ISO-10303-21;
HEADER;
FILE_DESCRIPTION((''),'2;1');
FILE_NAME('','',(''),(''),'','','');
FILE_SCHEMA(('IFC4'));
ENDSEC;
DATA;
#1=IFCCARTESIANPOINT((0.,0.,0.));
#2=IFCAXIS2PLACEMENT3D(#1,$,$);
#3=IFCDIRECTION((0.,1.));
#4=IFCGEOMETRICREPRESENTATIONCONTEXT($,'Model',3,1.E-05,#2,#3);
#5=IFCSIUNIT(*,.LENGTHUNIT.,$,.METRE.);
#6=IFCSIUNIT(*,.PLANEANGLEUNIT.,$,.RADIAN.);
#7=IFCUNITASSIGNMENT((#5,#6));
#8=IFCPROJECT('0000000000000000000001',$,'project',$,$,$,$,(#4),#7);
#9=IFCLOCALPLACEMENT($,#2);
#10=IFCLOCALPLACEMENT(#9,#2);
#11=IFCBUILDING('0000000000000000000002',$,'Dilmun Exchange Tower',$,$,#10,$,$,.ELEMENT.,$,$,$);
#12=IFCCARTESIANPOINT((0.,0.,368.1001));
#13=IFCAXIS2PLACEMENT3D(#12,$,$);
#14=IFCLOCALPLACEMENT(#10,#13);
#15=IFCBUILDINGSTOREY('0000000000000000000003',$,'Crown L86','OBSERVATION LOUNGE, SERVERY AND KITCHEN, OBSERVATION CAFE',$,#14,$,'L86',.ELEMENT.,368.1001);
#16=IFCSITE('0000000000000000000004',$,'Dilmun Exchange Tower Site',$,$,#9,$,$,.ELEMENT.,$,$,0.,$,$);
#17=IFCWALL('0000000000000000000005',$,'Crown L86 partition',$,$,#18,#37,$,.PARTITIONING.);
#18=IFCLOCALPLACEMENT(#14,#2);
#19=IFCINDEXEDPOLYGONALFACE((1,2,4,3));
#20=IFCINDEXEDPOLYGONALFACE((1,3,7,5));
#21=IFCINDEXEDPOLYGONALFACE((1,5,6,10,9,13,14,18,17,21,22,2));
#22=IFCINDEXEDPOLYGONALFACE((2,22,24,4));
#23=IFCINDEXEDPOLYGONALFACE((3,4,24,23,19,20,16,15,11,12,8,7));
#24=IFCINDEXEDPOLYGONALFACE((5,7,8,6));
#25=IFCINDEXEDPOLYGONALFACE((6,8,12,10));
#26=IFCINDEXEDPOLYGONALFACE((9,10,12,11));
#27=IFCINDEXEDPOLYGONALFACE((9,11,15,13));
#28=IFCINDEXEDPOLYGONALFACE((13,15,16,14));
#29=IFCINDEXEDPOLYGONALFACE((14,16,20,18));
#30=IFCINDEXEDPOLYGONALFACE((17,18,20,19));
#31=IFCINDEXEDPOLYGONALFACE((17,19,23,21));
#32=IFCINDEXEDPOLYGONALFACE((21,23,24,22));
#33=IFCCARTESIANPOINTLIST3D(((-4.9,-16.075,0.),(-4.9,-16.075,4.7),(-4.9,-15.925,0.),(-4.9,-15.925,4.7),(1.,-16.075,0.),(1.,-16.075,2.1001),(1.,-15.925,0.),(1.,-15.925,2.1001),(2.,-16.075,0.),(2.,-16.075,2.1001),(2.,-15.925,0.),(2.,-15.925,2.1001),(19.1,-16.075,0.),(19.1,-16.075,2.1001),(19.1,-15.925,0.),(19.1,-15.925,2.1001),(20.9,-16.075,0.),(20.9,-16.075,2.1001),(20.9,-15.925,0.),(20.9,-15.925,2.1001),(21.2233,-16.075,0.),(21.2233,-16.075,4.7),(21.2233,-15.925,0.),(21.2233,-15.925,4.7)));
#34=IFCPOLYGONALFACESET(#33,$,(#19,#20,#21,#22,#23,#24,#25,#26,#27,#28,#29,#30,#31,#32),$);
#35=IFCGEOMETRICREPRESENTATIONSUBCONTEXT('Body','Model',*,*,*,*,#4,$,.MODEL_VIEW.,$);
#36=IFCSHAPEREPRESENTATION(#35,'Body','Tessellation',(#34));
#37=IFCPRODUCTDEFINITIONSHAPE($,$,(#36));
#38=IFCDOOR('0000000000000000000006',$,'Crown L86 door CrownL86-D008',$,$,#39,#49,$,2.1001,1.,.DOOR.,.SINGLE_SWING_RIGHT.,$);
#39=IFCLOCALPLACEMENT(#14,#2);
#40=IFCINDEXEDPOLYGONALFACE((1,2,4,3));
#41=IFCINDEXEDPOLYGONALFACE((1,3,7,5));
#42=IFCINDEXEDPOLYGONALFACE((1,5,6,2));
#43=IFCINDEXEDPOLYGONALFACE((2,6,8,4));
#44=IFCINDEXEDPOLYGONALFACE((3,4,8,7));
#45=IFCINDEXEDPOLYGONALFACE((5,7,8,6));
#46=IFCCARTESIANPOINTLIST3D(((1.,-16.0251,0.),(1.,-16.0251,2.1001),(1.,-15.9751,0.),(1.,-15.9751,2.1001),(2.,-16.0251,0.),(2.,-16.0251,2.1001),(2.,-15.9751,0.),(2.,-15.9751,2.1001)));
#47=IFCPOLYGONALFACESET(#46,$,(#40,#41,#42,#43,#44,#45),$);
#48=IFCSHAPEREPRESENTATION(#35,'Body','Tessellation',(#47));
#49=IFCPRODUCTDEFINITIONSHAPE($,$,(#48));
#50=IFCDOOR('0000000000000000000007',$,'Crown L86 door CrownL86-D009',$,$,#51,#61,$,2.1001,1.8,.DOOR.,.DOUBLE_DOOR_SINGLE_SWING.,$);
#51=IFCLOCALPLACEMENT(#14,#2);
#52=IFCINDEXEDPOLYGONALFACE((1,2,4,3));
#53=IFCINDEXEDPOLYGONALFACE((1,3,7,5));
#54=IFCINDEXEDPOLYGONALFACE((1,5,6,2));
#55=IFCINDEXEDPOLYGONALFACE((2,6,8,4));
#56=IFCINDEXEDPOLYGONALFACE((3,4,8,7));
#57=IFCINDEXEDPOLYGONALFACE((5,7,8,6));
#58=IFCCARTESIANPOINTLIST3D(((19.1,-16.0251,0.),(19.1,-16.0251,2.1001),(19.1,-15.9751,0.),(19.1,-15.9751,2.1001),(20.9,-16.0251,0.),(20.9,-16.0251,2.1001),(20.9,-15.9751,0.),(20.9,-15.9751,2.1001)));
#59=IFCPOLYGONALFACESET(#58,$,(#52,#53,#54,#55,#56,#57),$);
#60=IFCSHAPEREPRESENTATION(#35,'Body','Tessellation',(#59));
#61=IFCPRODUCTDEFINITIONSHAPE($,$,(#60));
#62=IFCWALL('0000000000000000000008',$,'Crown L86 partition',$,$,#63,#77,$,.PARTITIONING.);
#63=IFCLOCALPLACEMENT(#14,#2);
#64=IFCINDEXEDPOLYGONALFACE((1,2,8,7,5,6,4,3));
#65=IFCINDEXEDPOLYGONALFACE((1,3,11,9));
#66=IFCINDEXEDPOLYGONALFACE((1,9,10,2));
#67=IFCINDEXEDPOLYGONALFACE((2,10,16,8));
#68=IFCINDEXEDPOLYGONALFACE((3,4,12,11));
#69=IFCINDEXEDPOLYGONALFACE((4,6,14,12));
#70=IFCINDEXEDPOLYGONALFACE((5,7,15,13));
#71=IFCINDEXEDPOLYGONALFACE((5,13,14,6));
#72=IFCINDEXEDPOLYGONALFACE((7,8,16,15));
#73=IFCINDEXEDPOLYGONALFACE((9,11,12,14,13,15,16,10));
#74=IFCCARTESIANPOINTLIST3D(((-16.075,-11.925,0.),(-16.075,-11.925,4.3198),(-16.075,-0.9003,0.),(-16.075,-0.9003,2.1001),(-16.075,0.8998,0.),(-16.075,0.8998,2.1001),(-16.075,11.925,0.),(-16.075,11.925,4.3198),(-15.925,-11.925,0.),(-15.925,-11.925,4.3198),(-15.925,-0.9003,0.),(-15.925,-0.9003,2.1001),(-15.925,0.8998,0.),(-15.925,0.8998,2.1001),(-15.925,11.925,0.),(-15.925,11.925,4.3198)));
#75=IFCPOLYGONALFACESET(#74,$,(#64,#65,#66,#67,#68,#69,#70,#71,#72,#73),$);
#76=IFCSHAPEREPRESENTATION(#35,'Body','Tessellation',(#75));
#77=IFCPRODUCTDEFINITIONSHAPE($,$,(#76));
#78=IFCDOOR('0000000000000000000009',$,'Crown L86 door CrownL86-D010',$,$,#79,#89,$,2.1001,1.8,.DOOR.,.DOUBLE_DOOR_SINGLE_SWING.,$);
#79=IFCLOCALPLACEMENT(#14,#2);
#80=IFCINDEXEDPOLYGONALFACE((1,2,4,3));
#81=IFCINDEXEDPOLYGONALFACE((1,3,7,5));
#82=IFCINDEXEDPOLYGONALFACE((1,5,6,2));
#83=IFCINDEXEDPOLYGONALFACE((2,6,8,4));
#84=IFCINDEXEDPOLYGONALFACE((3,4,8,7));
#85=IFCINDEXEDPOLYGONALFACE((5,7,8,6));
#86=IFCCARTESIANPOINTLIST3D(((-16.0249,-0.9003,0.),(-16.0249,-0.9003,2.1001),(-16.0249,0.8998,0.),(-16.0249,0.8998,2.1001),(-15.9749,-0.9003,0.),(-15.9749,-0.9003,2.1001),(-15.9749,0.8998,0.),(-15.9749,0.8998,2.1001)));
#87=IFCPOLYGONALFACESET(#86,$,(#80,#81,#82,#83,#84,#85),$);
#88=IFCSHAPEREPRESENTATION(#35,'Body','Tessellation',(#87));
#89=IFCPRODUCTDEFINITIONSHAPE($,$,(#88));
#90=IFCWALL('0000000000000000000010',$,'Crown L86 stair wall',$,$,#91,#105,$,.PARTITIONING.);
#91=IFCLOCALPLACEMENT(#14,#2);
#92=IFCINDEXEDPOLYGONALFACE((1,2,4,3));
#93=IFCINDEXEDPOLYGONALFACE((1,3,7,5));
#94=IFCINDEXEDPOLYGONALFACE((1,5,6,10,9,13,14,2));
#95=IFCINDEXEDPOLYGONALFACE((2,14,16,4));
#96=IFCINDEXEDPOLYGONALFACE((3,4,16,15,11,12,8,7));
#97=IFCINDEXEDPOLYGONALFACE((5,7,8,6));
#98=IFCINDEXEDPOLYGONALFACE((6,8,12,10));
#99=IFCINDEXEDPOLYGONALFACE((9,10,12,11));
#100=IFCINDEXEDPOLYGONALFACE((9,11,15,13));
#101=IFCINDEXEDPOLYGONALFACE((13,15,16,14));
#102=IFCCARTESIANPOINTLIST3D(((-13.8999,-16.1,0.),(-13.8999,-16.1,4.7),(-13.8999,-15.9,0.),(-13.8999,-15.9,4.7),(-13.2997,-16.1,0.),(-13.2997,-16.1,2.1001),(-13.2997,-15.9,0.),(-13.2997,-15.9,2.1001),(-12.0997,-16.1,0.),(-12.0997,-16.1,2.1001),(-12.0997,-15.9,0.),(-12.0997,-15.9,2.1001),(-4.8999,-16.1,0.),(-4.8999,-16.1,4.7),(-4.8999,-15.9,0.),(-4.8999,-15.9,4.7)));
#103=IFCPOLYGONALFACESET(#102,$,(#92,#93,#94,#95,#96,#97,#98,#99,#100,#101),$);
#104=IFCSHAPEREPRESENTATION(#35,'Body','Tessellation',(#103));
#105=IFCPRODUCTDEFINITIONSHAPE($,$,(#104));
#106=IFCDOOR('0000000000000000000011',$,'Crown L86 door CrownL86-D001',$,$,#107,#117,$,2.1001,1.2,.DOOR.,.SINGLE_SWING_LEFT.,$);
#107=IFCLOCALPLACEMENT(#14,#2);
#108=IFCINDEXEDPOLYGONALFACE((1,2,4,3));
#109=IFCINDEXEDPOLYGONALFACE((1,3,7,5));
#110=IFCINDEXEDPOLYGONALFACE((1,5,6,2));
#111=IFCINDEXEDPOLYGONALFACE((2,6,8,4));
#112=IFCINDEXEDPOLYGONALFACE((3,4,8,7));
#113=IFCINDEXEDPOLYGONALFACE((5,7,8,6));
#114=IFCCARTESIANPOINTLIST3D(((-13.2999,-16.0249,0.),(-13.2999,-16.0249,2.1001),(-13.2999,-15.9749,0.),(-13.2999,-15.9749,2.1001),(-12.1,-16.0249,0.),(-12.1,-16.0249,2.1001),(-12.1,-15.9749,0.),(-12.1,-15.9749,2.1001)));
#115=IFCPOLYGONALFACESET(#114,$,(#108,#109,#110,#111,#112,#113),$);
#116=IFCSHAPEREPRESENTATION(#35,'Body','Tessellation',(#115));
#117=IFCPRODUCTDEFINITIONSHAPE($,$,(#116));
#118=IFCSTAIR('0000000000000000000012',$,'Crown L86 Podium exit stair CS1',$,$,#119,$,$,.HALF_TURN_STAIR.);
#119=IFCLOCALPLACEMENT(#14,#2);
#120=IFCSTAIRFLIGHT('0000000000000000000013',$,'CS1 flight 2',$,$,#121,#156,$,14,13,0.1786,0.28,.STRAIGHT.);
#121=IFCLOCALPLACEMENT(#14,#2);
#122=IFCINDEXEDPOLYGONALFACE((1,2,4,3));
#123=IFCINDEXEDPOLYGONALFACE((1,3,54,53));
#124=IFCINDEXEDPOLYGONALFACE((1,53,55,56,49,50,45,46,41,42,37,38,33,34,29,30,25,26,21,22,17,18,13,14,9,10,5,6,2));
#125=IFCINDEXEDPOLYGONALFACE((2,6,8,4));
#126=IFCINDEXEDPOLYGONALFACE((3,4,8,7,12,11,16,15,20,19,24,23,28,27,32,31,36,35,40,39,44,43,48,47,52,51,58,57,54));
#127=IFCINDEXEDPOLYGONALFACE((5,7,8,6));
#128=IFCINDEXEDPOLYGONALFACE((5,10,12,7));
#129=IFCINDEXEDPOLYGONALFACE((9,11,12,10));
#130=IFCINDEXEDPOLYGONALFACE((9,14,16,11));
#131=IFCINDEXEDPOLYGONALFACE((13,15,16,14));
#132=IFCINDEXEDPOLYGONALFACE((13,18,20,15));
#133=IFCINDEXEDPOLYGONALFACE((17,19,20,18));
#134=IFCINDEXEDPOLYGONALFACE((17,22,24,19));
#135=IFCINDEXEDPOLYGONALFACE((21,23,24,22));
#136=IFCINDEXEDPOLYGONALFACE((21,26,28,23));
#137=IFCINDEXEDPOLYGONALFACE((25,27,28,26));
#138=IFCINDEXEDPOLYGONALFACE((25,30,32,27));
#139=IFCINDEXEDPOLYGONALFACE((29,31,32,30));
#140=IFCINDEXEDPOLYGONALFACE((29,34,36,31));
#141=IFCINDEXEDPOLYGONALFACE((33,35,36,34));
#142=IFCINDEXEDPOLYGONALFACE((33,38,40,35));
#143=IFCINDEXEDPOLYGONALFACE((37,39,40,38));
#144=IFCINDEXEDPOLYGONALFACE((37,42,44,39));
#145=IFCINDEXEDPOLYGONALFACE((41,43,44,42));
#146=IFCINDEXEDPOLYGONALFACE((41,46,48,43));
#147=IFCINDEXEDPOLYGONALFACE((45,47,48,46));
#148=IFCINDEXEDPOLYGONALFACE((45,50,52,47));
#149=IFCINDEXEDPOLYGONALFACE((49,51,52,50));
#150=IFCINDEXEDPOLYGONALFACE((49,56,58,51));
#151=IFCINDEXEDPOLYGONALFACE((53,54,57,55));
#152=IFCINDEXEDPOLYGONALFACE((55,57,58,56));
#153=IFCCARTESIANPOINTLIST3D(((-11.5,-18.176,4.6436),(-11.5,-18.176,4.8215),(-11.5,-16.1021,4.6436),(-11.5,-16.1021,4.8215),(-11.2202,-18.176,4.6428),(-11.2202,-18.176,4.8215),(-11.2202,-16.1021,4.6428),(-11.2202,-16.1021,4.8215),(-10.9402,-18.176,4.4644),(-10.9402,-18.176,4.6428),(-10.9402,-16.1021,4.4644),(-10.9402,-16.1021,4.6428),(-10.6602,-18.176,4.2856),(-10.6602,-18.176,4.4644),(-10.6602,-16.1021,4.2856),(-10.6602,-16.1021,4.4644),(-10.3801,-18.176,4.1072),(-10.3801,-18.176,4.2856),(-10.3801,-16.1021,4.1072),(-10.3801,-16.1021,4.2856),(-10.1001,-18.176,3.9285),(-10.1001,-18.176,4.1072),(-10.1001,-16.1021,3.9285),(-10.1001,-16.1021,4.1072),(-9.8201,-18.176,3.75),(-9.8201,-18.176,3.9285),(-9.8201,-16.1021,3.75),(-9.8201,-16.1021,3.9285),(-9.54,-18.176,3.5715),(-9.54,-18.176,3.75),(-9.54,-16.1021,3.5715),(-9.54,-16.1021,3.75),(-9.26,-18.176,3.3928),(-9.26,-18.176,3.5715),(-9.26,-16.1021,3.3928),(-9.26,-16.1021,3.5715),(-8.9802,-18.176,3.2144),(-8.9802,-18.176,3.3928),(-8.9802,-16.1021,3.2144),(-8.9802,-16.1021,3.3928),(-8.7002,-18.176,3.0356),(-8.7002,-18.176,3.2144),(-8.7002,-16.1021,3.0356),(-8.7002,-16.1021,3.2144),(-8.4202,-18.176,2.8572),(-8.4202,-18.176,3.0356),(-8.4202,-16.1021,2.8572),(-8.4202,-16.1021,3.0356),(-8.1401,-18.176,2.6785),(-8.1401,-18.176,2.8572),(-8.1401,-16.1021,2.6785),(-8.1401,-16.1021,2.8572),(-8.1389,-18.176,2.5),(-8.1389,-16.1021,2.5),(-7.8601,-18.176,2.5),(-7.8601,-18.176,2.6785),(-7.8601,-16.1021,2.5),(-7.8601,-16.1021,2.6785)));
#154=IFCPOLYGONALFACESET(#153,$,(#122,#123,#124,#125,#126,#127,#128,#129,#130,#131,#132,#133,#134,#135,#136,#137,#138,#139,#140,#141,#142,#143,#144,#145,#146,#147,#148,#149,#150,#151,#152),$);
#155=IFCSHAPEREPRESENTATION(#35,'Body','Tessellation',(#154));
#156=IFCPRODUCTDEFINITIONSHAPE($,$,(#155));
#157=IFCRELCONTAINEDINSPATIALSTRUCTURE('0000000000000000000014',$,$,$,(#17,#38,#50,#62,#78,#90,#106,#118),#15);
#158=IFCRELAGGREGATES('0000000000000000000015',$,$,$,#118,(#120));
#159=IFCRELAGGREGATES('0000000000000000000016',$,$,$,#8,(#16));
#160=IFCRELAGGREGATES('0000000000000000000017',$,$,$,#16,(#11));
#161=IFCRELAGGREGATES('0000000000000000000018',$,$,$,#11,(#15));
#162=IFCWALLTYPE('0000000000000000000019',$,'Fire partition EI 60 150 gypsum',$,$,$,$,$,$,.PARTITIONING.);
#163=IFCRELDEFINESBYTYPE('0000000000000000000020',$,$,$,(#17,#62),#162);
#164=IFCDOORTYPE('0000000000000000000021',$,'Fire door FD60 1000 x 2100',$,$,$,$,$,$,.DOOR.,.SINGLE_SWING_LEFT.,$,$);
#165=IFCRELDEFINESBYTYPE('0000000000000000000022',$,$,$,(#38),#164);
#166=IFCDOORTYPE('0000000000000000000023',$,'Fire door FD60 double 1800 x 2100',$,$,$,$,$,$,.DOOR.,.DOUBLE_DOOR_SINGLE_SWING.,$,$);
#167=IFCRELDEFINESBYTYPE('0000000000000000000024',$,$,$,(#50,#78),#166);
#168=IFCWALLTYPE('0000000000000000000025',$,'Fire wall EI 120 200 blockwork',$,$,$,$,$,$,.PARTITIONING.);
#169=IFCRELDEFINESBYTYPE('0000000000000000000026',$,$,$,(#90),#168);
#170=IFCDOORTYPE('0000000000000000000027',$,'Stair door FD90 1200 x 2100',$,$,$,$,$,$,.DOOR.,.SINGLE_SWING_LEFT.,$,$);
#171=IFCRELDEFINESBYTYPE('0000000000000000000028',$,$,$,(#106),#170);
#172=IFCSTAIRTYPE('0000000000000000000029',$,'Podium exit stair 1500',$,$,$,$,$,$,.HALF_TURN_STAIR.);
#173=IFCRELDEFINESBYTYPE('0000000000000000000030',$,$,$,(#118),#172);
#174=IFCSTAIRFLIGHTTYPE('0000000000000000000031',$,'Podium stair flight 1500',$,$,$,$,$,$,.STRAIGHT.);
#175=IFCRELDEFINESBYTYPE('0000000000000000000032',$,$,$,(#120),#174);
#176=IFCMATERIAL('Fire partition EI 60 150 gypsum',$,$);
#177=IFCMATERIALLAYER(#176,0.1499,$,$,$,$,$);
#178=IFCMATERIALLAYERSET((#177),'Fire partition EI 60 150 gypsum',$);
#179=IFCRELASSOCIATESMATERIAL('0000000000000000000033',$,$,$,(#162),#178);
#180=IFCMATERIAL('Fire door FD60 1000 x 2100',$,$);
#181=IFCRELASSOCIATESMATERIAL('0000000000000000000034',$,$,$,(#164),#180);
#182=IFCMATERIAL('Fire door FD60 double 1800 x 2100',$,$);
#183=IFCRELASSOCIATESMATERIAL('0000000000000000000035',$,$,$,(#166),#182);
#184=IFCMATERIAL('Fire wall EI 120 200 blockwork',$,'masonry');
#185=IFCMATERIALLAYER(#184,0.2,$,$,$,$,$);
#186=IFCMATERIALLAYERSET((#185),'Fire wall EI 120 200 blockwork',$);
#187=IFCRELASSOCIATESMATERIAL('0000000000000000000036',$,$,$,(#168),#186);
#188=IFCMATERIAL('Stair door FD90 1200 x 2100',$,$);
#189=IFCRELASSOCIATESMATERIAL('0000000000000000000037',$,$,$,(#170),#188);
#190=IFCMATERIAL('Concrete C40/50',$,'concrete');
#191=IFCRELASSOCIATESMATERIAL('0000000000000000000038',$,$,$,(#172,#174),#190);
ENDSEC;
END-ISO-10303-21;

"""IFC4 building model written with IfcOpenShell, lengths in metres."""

from ifc_helpers import new_model, si_unit, direction, frame, frame_2d, origin, place, context, subcontext, project, spatial, polyline, rectangle, outline, extrude, material, layer, layer_set, type_object, element, fill, aggregate, save


model = new_model("IFC4")

# Units and contexts
model_context = context("Model", 3, precision=1e-05, world=origin(), true_north=direction((0.0, 1.0)))
body_context = subcontext(model_context, "Body", "Model", "MODEL_VIEW")
ifc_project = project(units=[si_unit("LENGTHUNIT", "METRE"), si_unit("PLANEANGLEUNIT", "RADIAN")], contexts=[model_context])

# Site, building, storey
site_placement = place(None, origin())
site = spatial("IfcSite", under=ifc_project, at=site_placement, Name="Dilmun Exchange Tower Site", CompositionType="ELEMENT", RefElevation=0.0)
building_placement = place(site_placement, origin())
building = spatial("IfcBuilding", under=site, at=building_placement, Name="Dilmun Exchange Tower", CompositionType="ELEMENT")
storey_placement = place(building_placement, frame((0.0, 0.0, 368.1001)))
storey = spatial("IfcBuildingStorey", under=building, at=storey_placement, Name="Crown L86", Description="OBSERVATION LOUNGE, SERVERY AND KITCHEN, OBSERVATION CAFE", LongName="L86", CompositionType="ELEMENT", Elevation=368.1001)

# Wall, openings, doors
ifc_material_1 = material(Name="Fire partition EI 60 150 gypsum")
ifc_layer_1 = layer(ifc_material_1, 0.1499)
ifc_layer_set_1 = layer_set([ifc_layer_1], Name="Fire partition EI 60 150 gypsum")
wall_type_1 = type_object("IfcWallType", Name="Fire partition EI 60 150 gypsum", PredefinedType="PARTITIONING", material=ifc_layer_set_1)
wall_1_placement = place(storey_placement, frame((-4.8999, -16.0, 0.0), z_axis=(0.0, 0.0, 1.0), x_axis=(1.0, 0.0, 0.0)))
wall_1 = element("IfcWall", 1, at=wall_1_placement, inside=storey, type_object=wall_type_1, Name="Crown L86 partition", PredefinedType="PARTITIONING", context=body_context, shape_type="SweptSolid", body=[
    extrude(rectangle(XDim=26.1233, YDim=0.1499, at=frame_2d((13.0615, 0.0))), origin(), (0.0, 0.0, 1.0), 4.7),
])
opening_1_placement = place(wall_1_placement, frame((5.8999, 0.0, 0.0)))
opening_1 = element("IfcOpeningElement", 2, at=opening_1_placement, cuts=wall_1, PredefinedType="OPENING", context=body_context, shape_type="SweptSolid", body=[
    extrude(rectangle(XDim=1.0, YDim=2.1001, at=frame_2d((0.5, 1.05))), frame((0.0, 0.085, 0.0), z_axis=(0.0, -1.0, 0.0), x_axis=(1.0, 0.0, 0.0)), (0.0, 0.0, 1.0), 0.1699),
])
opening_2_placement = place(wall_1_placement, frame((24.0, 0.0, 0.0)))
opening_2 = element("IfcOpeningElement", 3, at=opening_2_placement, cuts=wall_1, PredefinedType="OPENING", context=body_context, shape_type="SweptSolid", body=[
    extrude(rectangle(XDim=1.8, YDim=2.1001, at=frame_2d((0.8999, 1.05))), frame((0.0, 0.085, 0.0), z_axis=(0.0, -1.0, 0.0), x_axis=(1.0, 0.0, 0.0)), (0.0, 0.0, 1.0), 0.1699),
])
ifc_material_2 = material(Name="Fire door FD60 1000 x 2100")
door_type_1 = type_object("IfcDoorType", Name="Fire door FD60 1000 x 2100", OperationType="SINGLE_SWING_LEFT", PredefinedType="DOOR", material=ifc_material_2)
door_1_placement = place(opening_1_placement, origin())
door_1 = element("IfcDoor", 4, at=door_1_placement, inside=storey, type_object=door_type_1, Name="Crown L86 door CrownL86-D008", OperationType="SINGLE_SWING_RIGHT", OverallHeight=2.1001, OverallWidth=1.0, PredefinedType="DOOR", context=body_context, shape_type="SweptSolid", body=[
    extrude(rectangle(XDim=1.0, YDim=2.1001, at=frame_2d((0.5, 1.05))), frame((0.0, 0.0249, 0.0), z_axis=(0.0, -1.0, 0.0), x_axis=(1.0, 0.0, 0.0)), (0.0, 0.0, 1.0), 0.05),
])
fill(opening_1, door_1)
ifc_material_3 = material(Name="Fire door FD60 double 1800 x 2100")
door_type_2 = type_object("IfcDoorType", Name="Fire door FD60 double 1800 x 2100", OperationType="DOUBLE_DOOR_SINGLE_SWING", PredefinedType="DOOR", material=ifc_material_3)
door_2_placement = place(opening_2_placement, origin())
door_2 = element("IfcDoor", 5, at=door_2_placement, inside=storey, type_object=door_type_2, Name="Crown L86 door CrownL86-D009", OperationType="DOUBLE_DOOR_SINGLE_SWING", OverallHeight=2.1001, OverallWidth=1.8, PredefinedType="DOOR", context=body_context, shape_type="SweptSolid", body=[
    extrude(rectangle(XDim=1.8, YDim=2.1001, at=frame_2d((0.8999, 1.05))), frame((0.0, 0.0249, 0.0), z_axis=(0.0, -1.0, 0.0), x_axis=(1.0, 0.0, 0.0)), (0.0, 0.0, 1.0), 0.05),
])
fill(opening_2, door_2)

# Walls, openings, doors
wall_2_placement = place(storey_placement, frame((-16.0, -11.925, 0.0), z_axis=(0.0, 0.0, 1.0), x_axis=(0.0, 1.0, 0.0)))
wall_2 = element("IfcWall", 6, at=wall_2_placement, inside=storey, type_object=wall_type_1, Name="Crown L86 partition", PredefinedType="PARTITIONING", context=body_context, shape_type="SweptSolid", body=[
    extrude(rectangle(XDim=23.8501, YDim=0.1499, at=frame_2d((11.925, 0.0))), origin(), (0.0, 0.0, 1.0), 4.3198),
])
opening_3_placement = place(wall_2_placement, frame((11.0249, 0.0, 0.0)))
opening_3 = element("IfcOpeningElement", 7, at=opening_3_placement, cuts=wall_2, PredefinedType="OPENING", context=body_context, shape_type="SweptSolid", body=[
    extrude(rectangle(XDim=1.8, YDim=2.1001, at=frame_2d((0.8999, 1.05))), frame((0.0, 0.085, 0.0), z_axis=(0.0, -1.0, 0.0), x_axis=(1.0, 0.0, 0.0)), (0.0, 0.0, 1.0), 0.1699),
])
door_3_placement = place(opening_3_placement, origin())
door_3 = element("IfcDoor", 8, at=door_3_placement, inside=storey, type_object=door_type_2, Name="Crown L86 door CrownL86-D010", OperationType="DOUBLE_DOOR_SINGLE_SWING", OverallHeight=2.1001, OverallWidth=1.8, PredefinedType="DOOR", context=body_context, shape_type="SweptSolid", body=[
    extrude(rectangle(XDim=1.8, YDim=2.1001, at=frame_2d((0.8999, 1.05))), frame((0.0, 0.0249, 0.0), z_axis=(0.0, -1.0, 0.0), x_axis=(1.0, 0.0, 0.0)), (0.0, 0.0, 1.0), 0.05),
])
fill(opening_3, door_3)
ifc_material_4 = material(Name="Fire wall EI 120 200 blockwork", Category="masonry")
ifc_layer_2 = layer(ifc_material_4, 0.2)
ifc_layer_set_2 = layer_set([ifc_layer_2], Name="Fire wall EI 120 200 blockwork")
wall_type_2 = type_object("IfcWallType", Name="Fire wall EI 120 200 blockwork", PredefinedType="PARTITIONING", material=ifc_layer_set_2)
wall_3_placement = place(storey_placement, frame((-13.8999, -16.0, 0.0), z_axis=(0.0, 0.0, 1.0), x_axis=(1.0, 0.0, 0.0)))
wall_3 = element("IfcWall", 9, at=wall_3_placement, inside=storey, type_object=wall_type_2, Name="Crown L86 stair wall", PredefinedType="PARTITIONING", context=body_context, shape_type="SweptSolid", body=[
    extrude(rectangle(XDim=9.0, YDim=0.2, at=frame_2d((4.5, 0.0))), origin(), (0.0, 0.0, 1.0), 4.7),
])
opening_4_placement = place(wall_3_placement, frame((0.6001, 0.0, 0.0)))
opening_4 = element("IfcOpeningElement", 10, at=opening_4_placement, cuts=wall_3, PredefinedType="OPENING", context=body_context, shape_type="SweptSolid", body=[
    extrude(rectangle(XDim=1.2, YDim=2.1001, at=frame_2d((0.6001, 1.05))), frame((0.0, 0.1099, 0.0), z_axis=(0.0, -1.0, 0.0), x_axis=(1.0, 0.0, 0.0)), (0.0, 0.0, 1.0), 0.22),
])
ifc_material_5 = material(Name="Stair door FD90 1200 x 2100")
door_type_3 = type_object("IfcDoorType", Name="Stair door FD90 1200 x 2100", OperationType="SINGLE_SWING_LEFT", PredefinedType="DOOR", material=ifc_material_5)
door_4_placement = place(opening_4_placement, frame((1.2, 0.0, 0.0), z_axis=(0.0, 0.0, 1.0), x_axis=(-1.0, 0.0, 0.0)))
door_4 = element("IfcDoor", 11, at=door_4_placement, inside=storey, type_object=door_type_3, Name="Crown L86 door CrownL86-D001", OperationType="SINGLE_SWING_LEFT", OverallHeight=2.1001, OverallWidth=1.2, PredefinedType="DOOR", context=body_context, shape_type="SweptSolid", body=[
    extrude(rectangle(XDim=1.2, YDim=2.1001, at=frame_2d((0.6001, 1.05))), frame((0.0, 0.0249, 0.0), z_axis=(0.0, -1.0, 0.0), x_axis=(1.0, 0.0, 0.0)), (0.0, 0.0, 1.0), 0.05),
])
fill(opening_4, door_4)

# Stair, stair flight
ifc_material_6 = material(Name="Concrete C40/50", Category="concrete")
stair_type = type_object("IfcStairType", Name="Podium exit stair 1500", PredefinedType="HALF_TURN_STAIR", material=ifc_material_6)
stair_placement = place(storey_placement, origin())
stair = element("IfcStair", 12, at=stair_placement, inside=storey, type_object=stair_type, Name="Crown L86 Podium exit stair CS1", PredefinedType="HALF_TURN_STAIR")
stair_flight_type = type_object("IfcStairFlightType", Name="Podium stair flight 1500", PredefinedType="STRAIGHT", material=ifc_material_6)
stair_flight_placement = place(storey_placement, frame((-7.8601, -17.1389, 2.5), z_axis=(0.0, 0.0, 1.0), x_axis=(-1.0, 0.0, 0.0)))
stair_flight = element("IfcStairFlight", 13, at=stair_flight_placement, type_object=stair_flight_type, Name="CS1 flight 2", NumberOfRisers=14, NumberOfTreads=13, PredefinedType="STRAIGHT", RiserHeight=0.1786, TreadLength=0.28, context=body_context, shape_type="SweptSolid", body=[
    extrude(outline(polyline([(0.0, 0.0), (0.0, 0.1785), (0.28, 0.1785), (0.28, 0.3572), (0.5601, 0.3572), (0.5601, 0.5356), (0.8401, 0.5356), (0.8401, 0.7144), (1.1201, 0.7144), (1.1201, 0.8928), (1.3999, 0.8928), (1.3999, 1.0715), (1.6799, 1.0715), (1.6799, 1.25), (1.96, 1.25), (1.96, 1.4285), (2.24, 1.4285), (2.24, 1.6072), (2.52, 1.6072), (2.52, 1.7856), (2.8, 1.7856), (2.8, 1.9644), (3.0801, 1.9644), (3.0801, 2.1428), (3.3601, 2.1428), (3.3601, 2.3215), (3.6399, 2.3215), (3.6399, 2.5), (3.6399, 2.1436), (0.2788, 0.0), (0.0, 0.0)])), frame((0.0, 1.0371, 0.0), z_axis=(0.0, -1.0, 0.0), x_axis=(1.0, 0.0, 0.0)), (0.0, 0.0, 1.0), 2.074),
])
aggregate(stair, [stair_flight])

save(model, "model.ifc")
